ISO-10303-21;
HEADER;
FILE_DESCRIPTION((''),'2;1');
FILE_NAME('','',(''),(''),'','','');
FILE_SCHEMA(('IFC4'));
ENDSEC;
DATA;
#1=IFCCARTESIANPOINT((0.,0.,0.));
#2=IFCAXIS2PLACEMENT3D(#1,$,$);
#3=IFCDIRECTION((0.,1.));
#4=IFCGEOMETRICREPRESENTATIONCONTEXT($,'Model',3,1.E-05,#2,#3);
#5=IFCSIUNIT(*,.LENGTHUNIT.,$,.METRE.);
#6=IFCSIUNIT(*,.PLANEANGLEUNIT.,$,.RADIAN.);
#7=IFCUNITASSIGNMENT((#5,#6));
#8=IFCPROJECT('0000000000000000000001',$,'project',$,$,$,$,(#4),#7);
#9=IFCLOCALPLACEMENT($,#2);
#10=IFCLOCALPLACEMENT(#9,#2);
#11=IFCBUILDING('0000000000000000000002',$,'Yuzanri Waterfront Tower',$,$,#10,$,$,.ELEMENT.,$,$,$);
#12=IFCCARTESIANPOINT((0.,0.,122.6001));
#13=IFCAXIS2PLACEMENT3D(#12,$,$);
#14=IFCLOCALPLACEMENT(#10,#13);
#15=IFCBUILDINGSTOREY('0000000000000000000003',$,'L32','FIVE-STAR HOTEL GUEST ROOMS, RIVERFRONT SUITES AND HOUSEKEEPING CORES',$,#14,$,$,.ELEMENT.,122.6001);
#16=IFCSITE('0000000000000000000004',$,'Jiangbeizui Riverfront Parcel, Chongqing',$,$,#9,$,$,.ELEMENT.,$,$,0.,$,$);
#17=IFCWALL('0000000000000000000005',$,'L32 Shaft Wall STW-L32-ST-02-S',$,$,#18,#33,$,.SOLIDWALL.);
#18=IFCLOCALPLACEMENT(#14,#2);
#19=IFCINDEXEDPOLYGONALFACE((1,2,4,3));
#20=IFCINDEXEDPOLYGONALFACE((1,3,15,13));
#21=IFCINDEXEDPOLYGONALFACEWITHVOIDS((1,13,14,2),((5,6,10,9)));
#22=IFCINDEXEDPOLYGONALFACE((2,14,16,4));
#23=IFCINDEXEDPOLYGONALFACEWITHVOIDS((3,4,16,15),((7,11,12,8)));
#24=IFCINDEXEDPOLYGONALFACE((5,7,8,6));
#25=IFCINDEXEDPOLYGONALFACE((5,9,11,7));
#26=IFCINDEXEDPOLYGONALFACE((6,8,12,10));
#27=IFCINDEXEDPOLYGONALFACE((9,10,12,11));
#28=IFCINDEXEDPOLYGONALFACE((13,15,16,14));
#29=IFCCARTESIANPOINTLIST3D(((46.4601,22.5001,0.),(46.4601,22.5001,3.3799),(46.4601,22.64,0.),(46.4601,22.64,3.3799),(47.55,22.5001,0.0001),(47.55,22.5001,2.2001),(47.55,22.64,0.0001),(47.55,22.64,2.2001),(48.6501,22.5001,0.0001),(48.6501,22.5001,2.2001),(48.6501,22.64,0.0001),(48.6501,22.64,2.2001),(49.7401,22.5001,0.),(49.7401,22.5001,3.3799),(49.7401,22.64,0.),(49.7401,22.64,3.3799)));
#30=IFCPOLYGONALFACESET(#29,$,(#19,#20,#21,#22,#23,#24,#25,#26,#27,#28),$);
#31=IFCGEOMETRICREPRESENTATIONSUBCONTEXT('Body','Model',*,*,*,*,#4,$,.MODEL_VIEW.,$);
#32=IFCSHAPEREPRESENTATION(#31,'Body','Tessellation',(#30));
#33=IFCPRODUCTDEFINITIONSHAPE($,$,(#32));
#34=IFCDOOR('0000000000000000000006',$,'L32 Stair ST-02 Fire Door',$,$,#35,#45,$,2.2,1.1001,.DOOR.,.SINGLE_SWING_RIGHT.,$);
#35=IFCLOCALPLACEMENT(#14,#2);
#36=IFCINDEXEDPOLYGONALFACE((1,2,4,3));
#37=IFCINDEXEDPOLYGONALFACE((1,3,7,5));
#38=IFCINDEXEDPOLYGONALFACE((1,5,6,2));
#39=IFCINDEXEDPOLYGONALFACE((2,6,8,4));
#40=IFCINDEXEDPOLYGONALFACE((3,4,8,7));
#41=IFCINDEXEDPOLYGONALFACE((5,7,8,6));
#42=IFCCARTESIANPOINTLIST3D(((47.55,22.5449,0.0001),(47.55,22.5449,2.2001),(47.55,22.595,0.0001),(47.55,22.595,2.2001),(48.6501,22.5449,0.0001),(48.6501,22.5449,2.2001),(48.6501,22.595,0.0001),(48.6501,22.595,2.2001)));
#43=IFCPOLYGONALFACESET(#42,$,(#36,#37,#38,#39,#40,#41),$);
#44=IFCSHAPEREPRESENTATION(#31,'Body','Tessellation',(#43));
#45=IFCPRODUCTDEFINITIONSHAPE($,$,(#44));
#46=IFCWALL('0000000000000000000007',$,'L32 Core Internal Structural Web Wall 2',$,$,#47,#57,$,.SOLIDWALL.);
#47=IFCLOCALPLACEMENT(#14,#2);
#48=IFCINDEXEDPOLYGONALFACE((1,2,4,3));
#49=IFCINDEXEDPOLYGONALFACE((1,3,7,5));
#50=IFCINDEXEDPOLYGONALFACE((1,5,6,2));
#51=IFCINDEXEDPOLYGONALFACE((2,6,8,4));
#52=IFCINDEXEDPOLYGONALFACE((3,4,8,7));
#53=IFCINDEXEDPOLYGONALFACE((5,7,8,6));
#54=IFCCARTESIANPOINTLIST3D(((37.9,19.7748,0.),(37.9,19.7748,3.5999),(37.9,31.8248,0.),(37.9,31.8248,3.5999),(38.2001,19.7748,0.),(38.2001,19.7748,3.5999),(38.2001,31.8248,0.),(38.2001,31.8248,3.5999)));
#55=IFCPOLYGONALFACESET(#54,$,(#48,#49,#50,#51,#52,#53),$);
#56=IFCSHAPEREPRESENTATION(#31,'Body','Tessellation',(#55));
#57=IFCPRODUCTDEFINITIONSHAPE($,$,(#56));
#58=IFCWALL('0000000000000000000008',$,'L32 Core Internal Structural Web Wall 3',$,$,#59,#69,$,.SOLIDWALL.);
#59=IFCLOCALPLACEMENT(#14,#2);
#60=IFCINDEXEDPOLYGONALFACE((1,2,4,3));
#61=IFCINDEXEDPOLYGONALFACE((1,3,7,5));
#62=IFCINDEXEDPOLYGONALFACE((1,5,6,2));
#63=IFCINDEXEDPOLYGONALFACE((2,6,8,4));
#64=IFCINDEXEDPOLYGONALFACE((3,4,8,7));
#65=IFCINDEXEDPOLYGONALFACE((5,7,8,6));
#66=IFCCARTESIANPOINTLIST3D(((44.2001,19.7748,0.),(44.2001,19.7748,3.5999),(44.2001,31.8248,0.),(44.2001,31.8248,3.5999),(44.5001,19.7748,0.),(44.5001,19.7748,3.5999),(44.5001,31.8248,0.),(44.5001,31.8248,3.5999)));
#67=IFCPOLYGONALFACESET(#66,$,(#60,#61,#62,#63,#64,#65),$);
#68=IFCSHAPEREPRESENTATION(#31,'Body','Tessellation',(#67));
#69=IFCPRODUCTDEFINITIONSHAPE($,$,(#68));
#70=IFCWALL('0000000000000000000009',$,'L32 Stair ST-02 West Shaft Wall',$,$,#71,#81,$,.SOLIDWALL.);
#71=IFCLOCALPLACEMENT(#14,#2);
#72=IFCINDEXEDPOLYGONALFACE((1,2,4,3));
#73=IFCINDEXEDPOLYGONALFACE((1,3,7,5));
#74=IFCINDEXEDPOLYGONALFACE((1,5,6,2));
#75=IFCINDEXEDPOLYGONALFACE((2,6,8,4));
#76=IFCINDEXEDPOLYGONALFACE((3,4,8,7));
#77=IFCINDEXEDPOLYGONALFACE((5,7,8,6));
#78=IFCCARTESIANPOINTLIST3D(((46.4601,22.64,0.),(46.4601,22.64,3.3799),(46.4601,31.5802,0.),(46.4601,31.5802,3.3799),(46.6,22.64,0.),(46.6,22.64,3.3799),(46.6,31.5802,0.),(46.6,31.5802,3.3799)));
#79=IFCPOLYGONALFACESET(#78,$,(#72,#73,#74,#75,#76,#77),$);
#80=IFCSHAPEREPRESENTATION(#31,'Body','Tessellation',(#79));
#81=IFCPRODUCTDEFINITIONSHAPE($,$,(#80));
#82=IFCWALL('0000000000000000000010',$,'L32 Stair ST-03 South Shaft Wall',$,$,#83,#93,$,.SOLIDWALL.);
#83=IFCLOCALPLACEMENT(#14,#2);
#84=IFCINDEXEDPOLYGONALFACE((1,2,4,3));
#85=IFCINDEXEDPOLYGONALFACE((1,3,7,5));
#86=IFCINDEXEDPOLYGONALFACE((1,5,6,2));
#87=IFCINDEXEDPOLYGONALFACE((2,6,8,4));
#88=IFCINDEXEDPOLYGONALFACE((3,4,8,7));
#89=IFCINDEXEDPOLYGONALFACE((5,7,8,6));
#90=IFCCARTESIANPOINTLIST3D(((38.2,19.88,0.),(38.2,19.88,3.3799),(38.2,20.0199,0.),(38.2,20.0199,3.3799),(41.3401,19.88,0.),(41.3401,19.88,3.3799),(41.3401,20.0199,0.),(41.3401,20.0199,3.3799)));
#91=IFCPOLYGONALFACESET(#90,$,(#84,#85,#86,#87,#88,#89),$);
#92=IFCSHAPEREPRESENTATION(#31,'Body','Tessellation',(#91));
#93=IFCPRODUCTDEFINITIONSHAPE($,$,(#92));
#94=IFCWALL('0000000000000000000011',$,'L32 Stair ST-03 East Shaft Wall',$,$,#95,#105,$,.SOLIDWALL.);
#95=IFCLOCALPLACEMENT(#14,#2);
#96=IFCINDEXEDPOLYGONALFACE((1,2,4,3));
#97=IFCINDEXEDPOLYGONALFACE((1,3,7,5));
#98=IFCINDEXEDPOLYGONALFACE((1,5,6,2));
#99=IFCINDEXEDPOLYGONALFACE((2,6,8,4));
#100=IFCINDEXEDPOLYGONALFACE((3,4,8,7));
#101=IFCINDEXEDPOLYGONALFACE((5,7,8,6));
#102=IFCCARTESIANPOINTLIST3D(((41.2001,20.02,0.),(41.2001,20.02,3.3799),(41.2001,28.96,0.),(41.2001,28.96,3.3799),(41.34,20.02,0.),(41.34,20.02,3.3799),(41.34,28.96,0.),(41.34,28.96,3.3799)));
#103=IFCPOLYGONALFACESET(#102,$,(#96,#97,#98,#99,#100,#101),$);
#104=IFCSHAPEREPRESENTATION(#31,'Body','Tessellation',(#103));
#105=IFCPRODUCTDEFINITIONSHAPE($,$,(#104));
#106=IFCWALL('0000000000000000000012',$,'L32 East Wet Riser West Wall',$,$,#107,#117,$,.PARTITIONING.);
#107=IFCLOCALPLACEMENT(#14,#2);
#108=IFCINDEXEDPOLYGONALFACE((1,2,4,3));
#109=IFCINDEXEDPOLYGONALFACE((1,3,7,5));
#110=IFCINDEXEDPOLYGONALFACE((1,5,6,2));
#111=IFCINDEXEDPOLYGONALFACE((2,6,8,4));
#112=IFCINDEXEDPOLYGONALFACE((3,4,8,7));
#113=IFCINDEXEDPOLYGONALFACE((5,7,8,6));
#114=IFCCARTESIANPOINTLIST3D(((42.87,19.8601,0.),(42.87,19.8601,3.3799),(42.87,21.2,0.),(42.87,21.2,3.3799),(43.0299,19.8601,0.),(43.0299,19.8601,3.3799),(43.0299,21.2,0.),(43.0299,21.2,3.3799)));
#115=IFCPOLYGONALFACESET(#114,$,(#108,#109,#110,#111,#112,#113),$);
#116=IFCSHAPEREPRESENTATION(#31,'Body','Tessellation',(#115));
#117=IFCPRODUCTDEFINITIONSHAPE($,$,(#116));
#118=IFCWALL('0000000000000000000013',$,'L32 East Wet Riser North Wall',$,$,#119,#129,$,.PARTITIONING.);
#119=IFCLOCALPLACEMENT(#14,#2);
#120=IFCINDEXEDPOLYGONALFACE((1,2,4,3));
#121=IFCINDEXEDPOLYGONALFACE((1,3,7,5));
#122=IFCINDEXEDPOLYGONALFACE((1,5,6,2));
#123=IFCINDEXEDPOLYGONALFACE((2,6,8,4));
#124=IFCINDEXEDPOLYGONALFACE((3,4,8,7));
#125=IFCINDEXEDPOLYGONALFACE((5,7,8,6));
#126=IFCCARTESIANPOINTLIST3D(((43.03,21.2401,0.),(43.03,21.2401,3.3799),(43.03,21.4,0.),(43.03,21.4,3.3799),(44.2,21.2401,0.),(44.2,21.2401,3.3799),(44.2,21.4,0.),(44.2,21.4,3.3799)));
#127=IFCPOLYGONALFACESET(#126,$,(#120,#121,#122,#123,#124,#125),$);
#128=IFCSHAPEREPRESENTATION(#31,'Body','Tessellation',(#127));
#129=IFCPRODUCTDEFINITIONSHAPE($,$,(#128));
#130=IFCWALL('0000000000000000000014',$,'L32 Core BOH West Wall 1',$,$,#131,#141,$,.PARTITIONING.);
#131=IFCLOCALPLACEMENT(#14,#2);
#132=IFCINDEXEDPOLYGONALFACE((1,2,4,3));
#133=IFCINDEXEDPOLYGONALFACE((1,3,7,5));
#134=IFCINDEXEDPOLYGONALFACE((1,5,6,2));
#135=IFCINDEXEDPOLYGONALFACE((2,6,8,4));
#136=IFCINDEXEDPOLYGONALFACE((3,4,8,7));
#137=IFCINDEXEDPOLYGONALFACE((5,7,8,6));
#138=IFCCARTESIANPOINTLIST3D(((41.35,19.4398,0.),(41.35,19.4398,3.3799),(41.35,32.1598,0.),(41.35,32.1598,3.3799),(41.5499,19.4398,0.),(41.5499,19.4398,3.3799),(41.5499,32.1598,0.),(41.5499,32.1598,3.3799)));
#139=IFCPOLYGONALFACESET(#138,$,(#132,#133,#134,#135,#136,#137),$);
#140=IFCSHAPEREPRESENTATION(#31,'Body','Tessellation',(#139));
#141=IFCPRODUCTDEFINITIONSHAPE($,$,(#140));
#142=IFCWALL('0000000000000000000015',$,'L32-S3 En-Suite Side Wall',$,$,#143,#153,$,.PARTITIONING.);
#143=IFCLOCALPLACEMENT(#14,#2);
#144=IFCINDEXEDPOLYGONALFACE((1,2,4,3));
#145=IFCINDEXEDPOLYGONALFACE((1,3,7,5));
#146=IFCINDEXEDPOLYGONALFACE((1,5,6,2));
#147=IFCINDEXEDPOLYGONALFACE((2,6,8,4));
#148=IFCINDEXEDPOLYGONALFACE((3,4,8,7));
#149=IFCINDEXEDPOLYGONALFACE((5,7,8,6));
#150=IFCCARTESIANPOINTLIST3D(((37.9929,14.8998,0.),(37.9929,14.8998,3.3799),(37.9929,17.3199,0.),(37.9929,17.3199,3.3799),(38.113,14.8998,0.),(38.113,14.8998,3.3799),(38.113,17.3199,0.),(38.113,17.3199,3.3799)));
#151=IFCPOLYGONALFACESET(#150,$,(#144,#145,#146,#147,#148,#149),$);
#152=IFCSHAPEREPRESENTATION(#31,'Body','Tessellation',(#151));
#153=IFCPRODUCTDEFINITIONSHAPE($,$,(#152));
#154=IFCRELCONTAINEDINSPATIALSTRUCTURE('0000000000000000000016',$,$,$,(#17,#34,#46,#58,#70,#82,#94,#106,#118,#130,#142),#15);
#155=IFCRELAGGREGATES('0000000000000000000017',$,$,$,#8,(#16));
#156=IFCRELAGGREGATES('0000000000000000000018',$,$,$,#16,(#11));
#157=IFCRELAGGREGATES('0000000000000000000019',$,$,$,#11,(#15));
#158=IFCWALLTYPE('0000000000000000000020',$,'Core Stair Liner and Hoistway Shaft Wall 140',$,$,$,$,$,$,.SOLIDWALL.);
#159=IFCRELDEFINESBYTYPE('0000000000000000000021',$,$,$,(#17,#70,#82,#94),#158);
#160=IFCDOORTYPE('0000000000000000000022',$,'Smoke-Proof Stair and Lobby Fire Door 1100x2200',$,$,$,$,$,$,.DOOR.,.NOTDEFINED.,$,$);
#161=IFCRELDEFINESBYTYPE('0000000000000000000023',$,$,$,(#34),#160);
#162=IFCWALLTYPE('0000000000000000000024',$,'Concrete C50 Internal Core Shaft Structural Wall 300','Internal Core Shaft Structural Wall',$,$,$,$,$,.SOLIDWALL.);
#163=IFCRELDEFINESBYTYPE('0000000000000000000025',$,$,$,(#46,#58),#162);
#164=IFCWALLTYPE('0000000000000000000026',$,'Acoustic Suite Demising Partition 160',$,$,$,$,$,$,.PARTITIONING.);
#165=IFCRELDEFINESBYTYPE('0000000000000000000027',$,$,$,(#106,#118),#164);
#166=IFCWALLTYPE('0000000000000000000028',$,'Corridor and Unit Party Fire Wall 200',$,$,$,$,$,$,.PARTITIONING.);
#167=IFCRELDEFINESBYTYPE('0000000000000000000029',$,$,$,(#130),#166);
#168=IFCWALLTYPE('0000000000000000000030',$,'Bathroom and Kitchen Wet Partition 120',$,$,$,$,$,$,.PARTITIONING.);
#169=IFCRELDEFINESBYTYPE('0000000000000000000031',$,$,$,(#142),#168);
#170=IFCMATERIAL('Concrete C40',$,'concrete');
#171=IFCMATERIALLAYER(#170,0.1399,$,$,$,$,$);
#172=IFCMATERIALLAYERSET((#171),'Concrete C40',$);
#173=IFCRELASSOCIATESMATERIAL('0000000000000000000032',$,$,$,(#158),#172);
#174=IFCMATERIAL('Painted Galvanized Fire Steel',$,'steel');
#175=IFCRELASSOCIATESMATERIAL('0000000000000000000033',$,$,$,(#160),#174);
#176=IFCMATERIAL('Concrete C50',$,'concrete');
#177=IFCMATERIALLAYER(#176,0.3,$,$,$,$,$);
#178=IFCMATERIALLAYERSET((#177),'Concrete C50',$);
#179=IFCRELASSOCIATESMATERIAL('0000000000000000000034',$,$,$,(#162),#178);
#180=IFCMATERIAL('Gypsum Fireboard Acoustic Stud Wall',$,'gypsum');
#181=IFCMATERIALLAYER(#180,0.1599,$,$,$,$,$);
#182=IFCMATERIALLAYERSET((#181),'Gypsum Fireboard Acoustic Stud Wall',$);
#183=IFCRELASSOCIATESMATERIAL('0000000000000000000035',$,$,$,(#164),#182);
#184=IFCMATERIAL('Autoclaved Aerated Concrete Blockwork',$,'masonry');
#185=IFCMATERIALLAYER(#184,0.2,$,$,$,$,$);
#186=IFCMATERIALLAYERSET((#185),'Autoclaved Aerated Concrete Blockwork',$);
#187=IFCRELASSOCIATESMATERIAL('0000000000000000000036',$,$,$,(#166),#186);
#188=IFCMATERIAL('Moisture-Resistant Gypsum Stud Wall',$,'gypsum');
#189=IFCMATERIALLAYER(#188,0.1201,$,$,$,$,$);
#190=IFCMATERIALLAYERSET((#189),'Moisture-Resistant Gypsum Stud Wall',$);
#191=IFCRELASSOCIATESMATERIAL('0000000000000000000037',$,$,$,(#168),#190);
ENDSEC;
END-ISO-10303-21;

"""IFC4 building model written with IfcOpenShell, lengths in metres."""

from ifc_helpers import new_model, si_unit, direction, frame, frame_2d, origin, place, context, subcontext, project, spatial, rectangle, extrude, source, transform, mapped, material, layer, layer_set, type_object, element, fill, save


model = new_model("IFC4")

# Units and contexts
model_context = context("Model", 3, precision=1e-05, world=origin(), true_north=direction((0.0, 1.0)))
body_context = subcontext(model_context, "Body", "Model", "MODEL_VIEW")
ifc_project = project(units=[si_unit("LENGTHUNIT", "METRE"), si_unit("PLANEANGLEUNIT", "RADIAN")], contexts=[model_context])

# Site, building, storey
site_placement = place(None, origin())
site = spatial("IfcSite", under=ifc_project, at=site_placement, Name="Jiangbeizui Riverfront Parcel, Chongqing", CompositionType="ELEMENT", RefElevation=0.0)
building_placement = place(site_placement, origin())
building = spatial("IfcBuilding", under=site, at=building_placement, Name="Yuzanri Waterfront Tower", CompositionType="ELEMENT")
storey_placement = place(building_placement, frame((0.0, 0.0, 122.6001)))
storey = spatial("IfcBuildingStorey", under=building, at=storey_placement, Name="L32", Description="FIVE-STAR HOTEL GUEST ROOMS, RIVERFRONT SUITES AND HOUSEKEEPING CORES", CompositionType="ELEMENT", Elevation=122.6001)

# Wall, opening, door
ifc_material_1 = material(Name="Concrete C40", Category="concrete")
ifc_layer_1 = layer(ifc_material_1, 0.1399)
ifc_layer_set_1 = layer_set([ifc_layer_1], Name="Concrete C40")
wall_type_1 = type_object("IfcWallType", Name="Core Stair Liner and Hoistway Shaft Wall 140", PredefinedType="SOLIDWALL", material=ifc_layer_set_1)
wall_1_placement = place(storey_placement, frame((46.46, 22.5701, 0.0), z_axis=(0.0, 0.0, 1.0), x_axis=(1.0, 0.0, 0.0)))
wall_1 = element("IfcWall", 1, at=wall_1_placement, inside=storey, type_object=wall_type_1, Name="L32 Shaft Wall STW-L32-ST-02-S", PredefinedType="SOLIDWALL", context=body_context, shape_type="SweptSolid", body=[
    extrude(rectangle(XDim=3.28, YDim=0.1399, at=frame_2d((1.6401, 0.0))), origin(), (0.0, 0.0, 1.0), 3.3799),
])
opening_1_placement = place(wall_1_placement, frame((1.0901, 0.0, 0.0)))
opening_1 = element("IfcOpeningElement", 2, at=opening_1_placement, cuts=wall_1, PredefinedType="OPENING", context=body_context, shape_type="SweptSolid", body=[
    extrude(rectangle(XDim=1.1001, YDim=2.2, at=frame_2d((0.55, 1.1001))), frame((0.0, 0.085, 0.0), z_axis=(0.0, -1.0, 0.0), x_axis=(1.0, 0.0, 0.0)), (0.0, 0.0, 1.0), 0.1697),
])
ifc_material_2 = material(Name="Painted Galvanized Fire Steel", Category="steel")
door_type_1 = type_object("IfcDoorType", Name="Smoke-Proof Stair and Lobby Fire Door 1100x2200", OperationType="NOTDEFINED", PredefinedType="DOOR", material=ifc_material_2)
shared_shape_1 = source(origin(), body_context, "Body", "SweptSolid", [
    extrude(rectangle(XDim=1.1001, YDim=2.2, at=frame_2d((0.55, 1.1001))), frame((0.0, 0.0249, 0.0), z_axis=(0.0, -1.0, 0.0), x_axis=(1.0, 0.0, 0.0)), (0.0, 0.0, 1.0), 0.05),
])
door_1_placement = place(opening_1_placement, origin())
door_1 = element("IfcDoor", 3, at=door_1_placement, inside=storey, type_object=door_type_1, Name="L32 Stair ST-02 Fire Door", OperationType="SINGLE_SWING_RIGHT", OverallHeight=2.2, OverallWidth=1.1001, PredefinedType="DOOR", context=body_context, shape_type="MappedRepresentation", body=[
    mapped(shared_shape_1, transform((0.0, 0.0, 0.0), scale=1.0)),
])
fill(opening_1, door_1)

# Walls
ifc_material_3 = material(Name="Concrete C50", Category="concrete")
ifc_layer_2 = layer(ifc_material_3, 0.3)
ifc_layer_set_2 = layer_set([ifc_layer_2], Name="Concrete C50")
wall_type_2 = type_object("IfcWallType", Name="Concrete C50 Internal Core Shaft Structural Wall 300", Description="Internal Core Shaft Structural Wall", PredefinedType="SOLIDWALL", material=ifc_layer_set_2)
shared_shape_2 = source(origin(), body_context, "Body", "SweptSolid", [
    extrude(rectangle(XDim=12.05, YDim=0.3, at=frame_2d((6.0249, 0.0))), origin(), (0.0, 0.0, 1.0), 3.5999),
])
for number, where, z_axis, x_axis, name in (
    (4, (38.05, 19.7749, 0.0), (0.0, 0.0, 1.0), (0.0, 1.0, 0.0), "L32 Core Internal Structural Web Wall 2"),
    (5, (44.3501, 19.7749, 0.0), (0.0, 0.0, 1.0), (0.0, 1.0, 0.0), "L32 Core Internal Structural Web Wall 3"),
):
    element("IfcWall", number, at=place(storey_placement, frame(where, z_axis=z_axis, x_axis=x_axis)), inside=storey, type_object=wall_type_2, Name=name, PredefinedType="SOLIDWALL", context=body_context, shape_type="MappedRepresentation", body=[
        mapped(shared_shape_2, transform((0.0, 0.0, 0.0), scale=1.0)),
    ])
shared_shape_3 = source(origin(), body_context, "Body", "SweptSolid", [
    extrude(rectangle(XDim=8.9402, YDim=0.1399, at=frame_2d((4.4702, 0.0))), origin(), (0.0, 0.0, 1.0), 3.3799),
])
wall_2_placement = place(storey_placement, frame((46.53, 22.6399, 0.0), z_axis=(0.0, 0.0, 1.0), x_axis=(0.0, 1.0, 0.0)))
element("IfcWall", 6, at=wall_2_placement, inside=storey, type_object=wall_type_1, Name="L32 Stair ST-02 West Shaft Wall", PredefinedType="SOLIDWALL", context=body_context, shape_type="MappedRepresentation", body=[
    mapped(shared_shape_3, transform((0.0, 0.0, 0.0), scale=1.0)),
])
shared_shape_4 = source(origin(), body_context, "Body", "SweptSolid", [
    extrude(rectangle(XDim=3.1401, YDim=0.1399, at=frame_2d((1.5701, 0.0))), origin(), (0.0, 0.0, 1.0), 3.3799),
])
wall_3_placement = place(storey_placement, frame((38.2, 19.95, 0.0), z_axis=(0.0, 0.0, 1.0), x_axis=(1.0, 0.0, 0.0)))
element("IfcWall", 7, at=wall_3_placement, inside=storey, type_object=wall_type_1, Name="L32 Stair ST-03 South Shaft Wall", PredefinedType="SOLIDWALL", context=body_context, shape_type="MappedRepresentation", body=[
    mapped(shared_shape_4, transform((0.0, 0.0, 0.0), scale=1.0)),
])
shared_shape_5 = source(origin(), body_context, "Body", "SweptSolid", [
    extrude(rectangle(XDim=8.9399, YDim=0.1399, at=frame_2d((4.47, 0.0))), origin(), (0.0, 0.0, 1.0), 3.3799),
])
wall_4_placement = place(storey_placement, frame((41.27, 20.02, 0.0), z_axis=(0.0, 0.0, 1.0), x_axis=(0.0, 1.0, 0.0)))
element("IfcWall", 8, at=wall_4_placement, inside=storey, type_object=wall_type_1, Name="L32 Stair ST-03 East Shaft Wall", PredefinedType="SOLIDWALL", context=body_context, shape_type="MappedRepresentation", body=[
    mapped(shared_shape_5, transform((0.0, 0.0, 0.0), scale=1.0)),
])
ifc_material_4 = material(Name="Gypsum Fireboard Acoustic Stud Wall", Category="gypsum")
ifc_layer_3 = layer(ifc_material_4, 0.1599)
ifc_layer_set_3 = layer_set([ifc_layer_3], Name="Gypsum Fireboard Acoustic Stud Wall")
wall_type_3 = type_object("IfcWallType", Name="Acoustic Suite Demising Partition 160", PredefinedType="PARTITIONING", material=ifc_layer_set_3)
shared_shape_6 = source(origin(), body_context, "Body", "SweptSolid", [
    extrude(rectangle(XDim=1.3398, YDim=0.1599, at=frame_2d((0.6699, 0.0))), origin(), (0.0, 0.0, 1.0), 3.3799),
])
wall_5_placement = place(storey_placement, frame((42.95, 19.8601, 0.0), z_axis=(0.0, 0.0, 1.0), x_axis=(0.0, 1.0, 0.0)))
element("IfcWall", 9, at=wall_5_placement, inside=storey, type_object=wall_type_3, Name="L32 East Wet Riser West Wall", PredefinedType="PARTITIONING", context=body_context, shape_type="MappedRepresentation", body=[
    mapped(shared_shape_6, transform((0.0, 0.0, 0.0), scale=1.0)),
])
shared_shape_7 = source(origin(), body_context, "Body", "SweptSolid", [
    extrude(rectangle(XDim=1.1699, YDim=0.1599, at=frame_2d((0.585, 0.0))), origin(), (0.0, 0.0, 1.0), 3.3799),
])
wall_6_placement = place(storey_placement, frame((43.03, 21.3201, 0.0), z_axis=(0.0, 0.0, 1.0), x_axis=(1.0, 0.0, 0.0)))
element("IfcWall", 10, at=wall_6_placement, inside=storey, type_object=wall_type_3, Name="L32 East Wet Riser North Wall", PredefinedType="PARTITIONING", context=body_context, shape_type="MappedRepresentation", body=[
    mapped(shared_shape_7, transform((0.0, 0.0, 0.0), scale=1.0)),
])
ifc_material_5 = material(Name="Autoclaved Aerated Concrete Blockwork", Category="masonry")
ifc_layer_4 = layer(ifc_material_5, 0.2)
ifc_layer_set_4 = layer_set([ifc_layer_4], Name="Autoclaved Aerated Concrete Blockwork")
wall_type_4 = type_object("IfcWallType", Name="Corridor and Unit Party Fire Wall 200", PredefinedType="PARTITIONING", material=ifc_layer_set_4)
shared_shape_8 = source(origin(), body_context, "Body", "SweptSolid", [
    extrude(rectangle(XDim=12.72, YDim=0.2, at=frame_2d((6.3599, 0.0))), origin(), (0.0, 0.0, 1.0), 3.3799),
])
wall_7_placement = place(storey_placement, frame((41.45, 19.4399, 0.0), z_axis=(0.0, 0.0, 1.0), x_axis=(0.0, 1.0, 0.0)))
element("IfcWall", 11, at=wall_7_placement, inside=storey, type_object=wall_type_4, Name="L32 Core BOH West Wall 1", PredefinedType="PARTITIONING", context=body_context, shape_type="MappedRepresentation", body=[
    mapped(shared_shape_8, transform((0.0, 0.0, 0.0), scale=1.0)),
])
ifc_material_6 = material(Name="Moisture-Resistant Gypsum Stud Wall", Category="gypsum")
ifc_layer_5 = layer(ifc_material_6, 0.1201)
ifc_layer_set_5 = layer_set([ifc_layer_5], Name="Moisture-Resistant Gypsum Stud Wall")
wall_type_5 = type_object("IfcWallType", Name="Bathroom and Kitchen Wet Partition 120", PredefinedType="PARTITIONING", material=ifc_layer_set_5)
shared_shape_9 = source(origin(), body_context, "Body", "SweptSolid", [
    extrude(rectangle(XDim=2.4202, YDim=0.1201, at=frame_2d((1.21, 0.0))), origin(), (0.0, 0.0, 1.0), 3.3799),
])
wall_8_placement = place(storey_placement, frame((38.053, 14.8999, 0.0), z_axis=(0.0, 0.0, 1.0), x_axis=(0.0, 1.0, 0.0)))
element("IfcWall", 12, at=wall_8_placement, inside=storey, type_object=wall_type_5, Name="L32-S3 En-Suite Side Wall", PredefinedType="PARTITIONING", context=body_context, shape_type="MappedRepresentation", body=[
    mapped(shared_shape_9, transform((0.0, 0.0, 0.0), scale=1.0)),
])

save(model, "model.ifc")
